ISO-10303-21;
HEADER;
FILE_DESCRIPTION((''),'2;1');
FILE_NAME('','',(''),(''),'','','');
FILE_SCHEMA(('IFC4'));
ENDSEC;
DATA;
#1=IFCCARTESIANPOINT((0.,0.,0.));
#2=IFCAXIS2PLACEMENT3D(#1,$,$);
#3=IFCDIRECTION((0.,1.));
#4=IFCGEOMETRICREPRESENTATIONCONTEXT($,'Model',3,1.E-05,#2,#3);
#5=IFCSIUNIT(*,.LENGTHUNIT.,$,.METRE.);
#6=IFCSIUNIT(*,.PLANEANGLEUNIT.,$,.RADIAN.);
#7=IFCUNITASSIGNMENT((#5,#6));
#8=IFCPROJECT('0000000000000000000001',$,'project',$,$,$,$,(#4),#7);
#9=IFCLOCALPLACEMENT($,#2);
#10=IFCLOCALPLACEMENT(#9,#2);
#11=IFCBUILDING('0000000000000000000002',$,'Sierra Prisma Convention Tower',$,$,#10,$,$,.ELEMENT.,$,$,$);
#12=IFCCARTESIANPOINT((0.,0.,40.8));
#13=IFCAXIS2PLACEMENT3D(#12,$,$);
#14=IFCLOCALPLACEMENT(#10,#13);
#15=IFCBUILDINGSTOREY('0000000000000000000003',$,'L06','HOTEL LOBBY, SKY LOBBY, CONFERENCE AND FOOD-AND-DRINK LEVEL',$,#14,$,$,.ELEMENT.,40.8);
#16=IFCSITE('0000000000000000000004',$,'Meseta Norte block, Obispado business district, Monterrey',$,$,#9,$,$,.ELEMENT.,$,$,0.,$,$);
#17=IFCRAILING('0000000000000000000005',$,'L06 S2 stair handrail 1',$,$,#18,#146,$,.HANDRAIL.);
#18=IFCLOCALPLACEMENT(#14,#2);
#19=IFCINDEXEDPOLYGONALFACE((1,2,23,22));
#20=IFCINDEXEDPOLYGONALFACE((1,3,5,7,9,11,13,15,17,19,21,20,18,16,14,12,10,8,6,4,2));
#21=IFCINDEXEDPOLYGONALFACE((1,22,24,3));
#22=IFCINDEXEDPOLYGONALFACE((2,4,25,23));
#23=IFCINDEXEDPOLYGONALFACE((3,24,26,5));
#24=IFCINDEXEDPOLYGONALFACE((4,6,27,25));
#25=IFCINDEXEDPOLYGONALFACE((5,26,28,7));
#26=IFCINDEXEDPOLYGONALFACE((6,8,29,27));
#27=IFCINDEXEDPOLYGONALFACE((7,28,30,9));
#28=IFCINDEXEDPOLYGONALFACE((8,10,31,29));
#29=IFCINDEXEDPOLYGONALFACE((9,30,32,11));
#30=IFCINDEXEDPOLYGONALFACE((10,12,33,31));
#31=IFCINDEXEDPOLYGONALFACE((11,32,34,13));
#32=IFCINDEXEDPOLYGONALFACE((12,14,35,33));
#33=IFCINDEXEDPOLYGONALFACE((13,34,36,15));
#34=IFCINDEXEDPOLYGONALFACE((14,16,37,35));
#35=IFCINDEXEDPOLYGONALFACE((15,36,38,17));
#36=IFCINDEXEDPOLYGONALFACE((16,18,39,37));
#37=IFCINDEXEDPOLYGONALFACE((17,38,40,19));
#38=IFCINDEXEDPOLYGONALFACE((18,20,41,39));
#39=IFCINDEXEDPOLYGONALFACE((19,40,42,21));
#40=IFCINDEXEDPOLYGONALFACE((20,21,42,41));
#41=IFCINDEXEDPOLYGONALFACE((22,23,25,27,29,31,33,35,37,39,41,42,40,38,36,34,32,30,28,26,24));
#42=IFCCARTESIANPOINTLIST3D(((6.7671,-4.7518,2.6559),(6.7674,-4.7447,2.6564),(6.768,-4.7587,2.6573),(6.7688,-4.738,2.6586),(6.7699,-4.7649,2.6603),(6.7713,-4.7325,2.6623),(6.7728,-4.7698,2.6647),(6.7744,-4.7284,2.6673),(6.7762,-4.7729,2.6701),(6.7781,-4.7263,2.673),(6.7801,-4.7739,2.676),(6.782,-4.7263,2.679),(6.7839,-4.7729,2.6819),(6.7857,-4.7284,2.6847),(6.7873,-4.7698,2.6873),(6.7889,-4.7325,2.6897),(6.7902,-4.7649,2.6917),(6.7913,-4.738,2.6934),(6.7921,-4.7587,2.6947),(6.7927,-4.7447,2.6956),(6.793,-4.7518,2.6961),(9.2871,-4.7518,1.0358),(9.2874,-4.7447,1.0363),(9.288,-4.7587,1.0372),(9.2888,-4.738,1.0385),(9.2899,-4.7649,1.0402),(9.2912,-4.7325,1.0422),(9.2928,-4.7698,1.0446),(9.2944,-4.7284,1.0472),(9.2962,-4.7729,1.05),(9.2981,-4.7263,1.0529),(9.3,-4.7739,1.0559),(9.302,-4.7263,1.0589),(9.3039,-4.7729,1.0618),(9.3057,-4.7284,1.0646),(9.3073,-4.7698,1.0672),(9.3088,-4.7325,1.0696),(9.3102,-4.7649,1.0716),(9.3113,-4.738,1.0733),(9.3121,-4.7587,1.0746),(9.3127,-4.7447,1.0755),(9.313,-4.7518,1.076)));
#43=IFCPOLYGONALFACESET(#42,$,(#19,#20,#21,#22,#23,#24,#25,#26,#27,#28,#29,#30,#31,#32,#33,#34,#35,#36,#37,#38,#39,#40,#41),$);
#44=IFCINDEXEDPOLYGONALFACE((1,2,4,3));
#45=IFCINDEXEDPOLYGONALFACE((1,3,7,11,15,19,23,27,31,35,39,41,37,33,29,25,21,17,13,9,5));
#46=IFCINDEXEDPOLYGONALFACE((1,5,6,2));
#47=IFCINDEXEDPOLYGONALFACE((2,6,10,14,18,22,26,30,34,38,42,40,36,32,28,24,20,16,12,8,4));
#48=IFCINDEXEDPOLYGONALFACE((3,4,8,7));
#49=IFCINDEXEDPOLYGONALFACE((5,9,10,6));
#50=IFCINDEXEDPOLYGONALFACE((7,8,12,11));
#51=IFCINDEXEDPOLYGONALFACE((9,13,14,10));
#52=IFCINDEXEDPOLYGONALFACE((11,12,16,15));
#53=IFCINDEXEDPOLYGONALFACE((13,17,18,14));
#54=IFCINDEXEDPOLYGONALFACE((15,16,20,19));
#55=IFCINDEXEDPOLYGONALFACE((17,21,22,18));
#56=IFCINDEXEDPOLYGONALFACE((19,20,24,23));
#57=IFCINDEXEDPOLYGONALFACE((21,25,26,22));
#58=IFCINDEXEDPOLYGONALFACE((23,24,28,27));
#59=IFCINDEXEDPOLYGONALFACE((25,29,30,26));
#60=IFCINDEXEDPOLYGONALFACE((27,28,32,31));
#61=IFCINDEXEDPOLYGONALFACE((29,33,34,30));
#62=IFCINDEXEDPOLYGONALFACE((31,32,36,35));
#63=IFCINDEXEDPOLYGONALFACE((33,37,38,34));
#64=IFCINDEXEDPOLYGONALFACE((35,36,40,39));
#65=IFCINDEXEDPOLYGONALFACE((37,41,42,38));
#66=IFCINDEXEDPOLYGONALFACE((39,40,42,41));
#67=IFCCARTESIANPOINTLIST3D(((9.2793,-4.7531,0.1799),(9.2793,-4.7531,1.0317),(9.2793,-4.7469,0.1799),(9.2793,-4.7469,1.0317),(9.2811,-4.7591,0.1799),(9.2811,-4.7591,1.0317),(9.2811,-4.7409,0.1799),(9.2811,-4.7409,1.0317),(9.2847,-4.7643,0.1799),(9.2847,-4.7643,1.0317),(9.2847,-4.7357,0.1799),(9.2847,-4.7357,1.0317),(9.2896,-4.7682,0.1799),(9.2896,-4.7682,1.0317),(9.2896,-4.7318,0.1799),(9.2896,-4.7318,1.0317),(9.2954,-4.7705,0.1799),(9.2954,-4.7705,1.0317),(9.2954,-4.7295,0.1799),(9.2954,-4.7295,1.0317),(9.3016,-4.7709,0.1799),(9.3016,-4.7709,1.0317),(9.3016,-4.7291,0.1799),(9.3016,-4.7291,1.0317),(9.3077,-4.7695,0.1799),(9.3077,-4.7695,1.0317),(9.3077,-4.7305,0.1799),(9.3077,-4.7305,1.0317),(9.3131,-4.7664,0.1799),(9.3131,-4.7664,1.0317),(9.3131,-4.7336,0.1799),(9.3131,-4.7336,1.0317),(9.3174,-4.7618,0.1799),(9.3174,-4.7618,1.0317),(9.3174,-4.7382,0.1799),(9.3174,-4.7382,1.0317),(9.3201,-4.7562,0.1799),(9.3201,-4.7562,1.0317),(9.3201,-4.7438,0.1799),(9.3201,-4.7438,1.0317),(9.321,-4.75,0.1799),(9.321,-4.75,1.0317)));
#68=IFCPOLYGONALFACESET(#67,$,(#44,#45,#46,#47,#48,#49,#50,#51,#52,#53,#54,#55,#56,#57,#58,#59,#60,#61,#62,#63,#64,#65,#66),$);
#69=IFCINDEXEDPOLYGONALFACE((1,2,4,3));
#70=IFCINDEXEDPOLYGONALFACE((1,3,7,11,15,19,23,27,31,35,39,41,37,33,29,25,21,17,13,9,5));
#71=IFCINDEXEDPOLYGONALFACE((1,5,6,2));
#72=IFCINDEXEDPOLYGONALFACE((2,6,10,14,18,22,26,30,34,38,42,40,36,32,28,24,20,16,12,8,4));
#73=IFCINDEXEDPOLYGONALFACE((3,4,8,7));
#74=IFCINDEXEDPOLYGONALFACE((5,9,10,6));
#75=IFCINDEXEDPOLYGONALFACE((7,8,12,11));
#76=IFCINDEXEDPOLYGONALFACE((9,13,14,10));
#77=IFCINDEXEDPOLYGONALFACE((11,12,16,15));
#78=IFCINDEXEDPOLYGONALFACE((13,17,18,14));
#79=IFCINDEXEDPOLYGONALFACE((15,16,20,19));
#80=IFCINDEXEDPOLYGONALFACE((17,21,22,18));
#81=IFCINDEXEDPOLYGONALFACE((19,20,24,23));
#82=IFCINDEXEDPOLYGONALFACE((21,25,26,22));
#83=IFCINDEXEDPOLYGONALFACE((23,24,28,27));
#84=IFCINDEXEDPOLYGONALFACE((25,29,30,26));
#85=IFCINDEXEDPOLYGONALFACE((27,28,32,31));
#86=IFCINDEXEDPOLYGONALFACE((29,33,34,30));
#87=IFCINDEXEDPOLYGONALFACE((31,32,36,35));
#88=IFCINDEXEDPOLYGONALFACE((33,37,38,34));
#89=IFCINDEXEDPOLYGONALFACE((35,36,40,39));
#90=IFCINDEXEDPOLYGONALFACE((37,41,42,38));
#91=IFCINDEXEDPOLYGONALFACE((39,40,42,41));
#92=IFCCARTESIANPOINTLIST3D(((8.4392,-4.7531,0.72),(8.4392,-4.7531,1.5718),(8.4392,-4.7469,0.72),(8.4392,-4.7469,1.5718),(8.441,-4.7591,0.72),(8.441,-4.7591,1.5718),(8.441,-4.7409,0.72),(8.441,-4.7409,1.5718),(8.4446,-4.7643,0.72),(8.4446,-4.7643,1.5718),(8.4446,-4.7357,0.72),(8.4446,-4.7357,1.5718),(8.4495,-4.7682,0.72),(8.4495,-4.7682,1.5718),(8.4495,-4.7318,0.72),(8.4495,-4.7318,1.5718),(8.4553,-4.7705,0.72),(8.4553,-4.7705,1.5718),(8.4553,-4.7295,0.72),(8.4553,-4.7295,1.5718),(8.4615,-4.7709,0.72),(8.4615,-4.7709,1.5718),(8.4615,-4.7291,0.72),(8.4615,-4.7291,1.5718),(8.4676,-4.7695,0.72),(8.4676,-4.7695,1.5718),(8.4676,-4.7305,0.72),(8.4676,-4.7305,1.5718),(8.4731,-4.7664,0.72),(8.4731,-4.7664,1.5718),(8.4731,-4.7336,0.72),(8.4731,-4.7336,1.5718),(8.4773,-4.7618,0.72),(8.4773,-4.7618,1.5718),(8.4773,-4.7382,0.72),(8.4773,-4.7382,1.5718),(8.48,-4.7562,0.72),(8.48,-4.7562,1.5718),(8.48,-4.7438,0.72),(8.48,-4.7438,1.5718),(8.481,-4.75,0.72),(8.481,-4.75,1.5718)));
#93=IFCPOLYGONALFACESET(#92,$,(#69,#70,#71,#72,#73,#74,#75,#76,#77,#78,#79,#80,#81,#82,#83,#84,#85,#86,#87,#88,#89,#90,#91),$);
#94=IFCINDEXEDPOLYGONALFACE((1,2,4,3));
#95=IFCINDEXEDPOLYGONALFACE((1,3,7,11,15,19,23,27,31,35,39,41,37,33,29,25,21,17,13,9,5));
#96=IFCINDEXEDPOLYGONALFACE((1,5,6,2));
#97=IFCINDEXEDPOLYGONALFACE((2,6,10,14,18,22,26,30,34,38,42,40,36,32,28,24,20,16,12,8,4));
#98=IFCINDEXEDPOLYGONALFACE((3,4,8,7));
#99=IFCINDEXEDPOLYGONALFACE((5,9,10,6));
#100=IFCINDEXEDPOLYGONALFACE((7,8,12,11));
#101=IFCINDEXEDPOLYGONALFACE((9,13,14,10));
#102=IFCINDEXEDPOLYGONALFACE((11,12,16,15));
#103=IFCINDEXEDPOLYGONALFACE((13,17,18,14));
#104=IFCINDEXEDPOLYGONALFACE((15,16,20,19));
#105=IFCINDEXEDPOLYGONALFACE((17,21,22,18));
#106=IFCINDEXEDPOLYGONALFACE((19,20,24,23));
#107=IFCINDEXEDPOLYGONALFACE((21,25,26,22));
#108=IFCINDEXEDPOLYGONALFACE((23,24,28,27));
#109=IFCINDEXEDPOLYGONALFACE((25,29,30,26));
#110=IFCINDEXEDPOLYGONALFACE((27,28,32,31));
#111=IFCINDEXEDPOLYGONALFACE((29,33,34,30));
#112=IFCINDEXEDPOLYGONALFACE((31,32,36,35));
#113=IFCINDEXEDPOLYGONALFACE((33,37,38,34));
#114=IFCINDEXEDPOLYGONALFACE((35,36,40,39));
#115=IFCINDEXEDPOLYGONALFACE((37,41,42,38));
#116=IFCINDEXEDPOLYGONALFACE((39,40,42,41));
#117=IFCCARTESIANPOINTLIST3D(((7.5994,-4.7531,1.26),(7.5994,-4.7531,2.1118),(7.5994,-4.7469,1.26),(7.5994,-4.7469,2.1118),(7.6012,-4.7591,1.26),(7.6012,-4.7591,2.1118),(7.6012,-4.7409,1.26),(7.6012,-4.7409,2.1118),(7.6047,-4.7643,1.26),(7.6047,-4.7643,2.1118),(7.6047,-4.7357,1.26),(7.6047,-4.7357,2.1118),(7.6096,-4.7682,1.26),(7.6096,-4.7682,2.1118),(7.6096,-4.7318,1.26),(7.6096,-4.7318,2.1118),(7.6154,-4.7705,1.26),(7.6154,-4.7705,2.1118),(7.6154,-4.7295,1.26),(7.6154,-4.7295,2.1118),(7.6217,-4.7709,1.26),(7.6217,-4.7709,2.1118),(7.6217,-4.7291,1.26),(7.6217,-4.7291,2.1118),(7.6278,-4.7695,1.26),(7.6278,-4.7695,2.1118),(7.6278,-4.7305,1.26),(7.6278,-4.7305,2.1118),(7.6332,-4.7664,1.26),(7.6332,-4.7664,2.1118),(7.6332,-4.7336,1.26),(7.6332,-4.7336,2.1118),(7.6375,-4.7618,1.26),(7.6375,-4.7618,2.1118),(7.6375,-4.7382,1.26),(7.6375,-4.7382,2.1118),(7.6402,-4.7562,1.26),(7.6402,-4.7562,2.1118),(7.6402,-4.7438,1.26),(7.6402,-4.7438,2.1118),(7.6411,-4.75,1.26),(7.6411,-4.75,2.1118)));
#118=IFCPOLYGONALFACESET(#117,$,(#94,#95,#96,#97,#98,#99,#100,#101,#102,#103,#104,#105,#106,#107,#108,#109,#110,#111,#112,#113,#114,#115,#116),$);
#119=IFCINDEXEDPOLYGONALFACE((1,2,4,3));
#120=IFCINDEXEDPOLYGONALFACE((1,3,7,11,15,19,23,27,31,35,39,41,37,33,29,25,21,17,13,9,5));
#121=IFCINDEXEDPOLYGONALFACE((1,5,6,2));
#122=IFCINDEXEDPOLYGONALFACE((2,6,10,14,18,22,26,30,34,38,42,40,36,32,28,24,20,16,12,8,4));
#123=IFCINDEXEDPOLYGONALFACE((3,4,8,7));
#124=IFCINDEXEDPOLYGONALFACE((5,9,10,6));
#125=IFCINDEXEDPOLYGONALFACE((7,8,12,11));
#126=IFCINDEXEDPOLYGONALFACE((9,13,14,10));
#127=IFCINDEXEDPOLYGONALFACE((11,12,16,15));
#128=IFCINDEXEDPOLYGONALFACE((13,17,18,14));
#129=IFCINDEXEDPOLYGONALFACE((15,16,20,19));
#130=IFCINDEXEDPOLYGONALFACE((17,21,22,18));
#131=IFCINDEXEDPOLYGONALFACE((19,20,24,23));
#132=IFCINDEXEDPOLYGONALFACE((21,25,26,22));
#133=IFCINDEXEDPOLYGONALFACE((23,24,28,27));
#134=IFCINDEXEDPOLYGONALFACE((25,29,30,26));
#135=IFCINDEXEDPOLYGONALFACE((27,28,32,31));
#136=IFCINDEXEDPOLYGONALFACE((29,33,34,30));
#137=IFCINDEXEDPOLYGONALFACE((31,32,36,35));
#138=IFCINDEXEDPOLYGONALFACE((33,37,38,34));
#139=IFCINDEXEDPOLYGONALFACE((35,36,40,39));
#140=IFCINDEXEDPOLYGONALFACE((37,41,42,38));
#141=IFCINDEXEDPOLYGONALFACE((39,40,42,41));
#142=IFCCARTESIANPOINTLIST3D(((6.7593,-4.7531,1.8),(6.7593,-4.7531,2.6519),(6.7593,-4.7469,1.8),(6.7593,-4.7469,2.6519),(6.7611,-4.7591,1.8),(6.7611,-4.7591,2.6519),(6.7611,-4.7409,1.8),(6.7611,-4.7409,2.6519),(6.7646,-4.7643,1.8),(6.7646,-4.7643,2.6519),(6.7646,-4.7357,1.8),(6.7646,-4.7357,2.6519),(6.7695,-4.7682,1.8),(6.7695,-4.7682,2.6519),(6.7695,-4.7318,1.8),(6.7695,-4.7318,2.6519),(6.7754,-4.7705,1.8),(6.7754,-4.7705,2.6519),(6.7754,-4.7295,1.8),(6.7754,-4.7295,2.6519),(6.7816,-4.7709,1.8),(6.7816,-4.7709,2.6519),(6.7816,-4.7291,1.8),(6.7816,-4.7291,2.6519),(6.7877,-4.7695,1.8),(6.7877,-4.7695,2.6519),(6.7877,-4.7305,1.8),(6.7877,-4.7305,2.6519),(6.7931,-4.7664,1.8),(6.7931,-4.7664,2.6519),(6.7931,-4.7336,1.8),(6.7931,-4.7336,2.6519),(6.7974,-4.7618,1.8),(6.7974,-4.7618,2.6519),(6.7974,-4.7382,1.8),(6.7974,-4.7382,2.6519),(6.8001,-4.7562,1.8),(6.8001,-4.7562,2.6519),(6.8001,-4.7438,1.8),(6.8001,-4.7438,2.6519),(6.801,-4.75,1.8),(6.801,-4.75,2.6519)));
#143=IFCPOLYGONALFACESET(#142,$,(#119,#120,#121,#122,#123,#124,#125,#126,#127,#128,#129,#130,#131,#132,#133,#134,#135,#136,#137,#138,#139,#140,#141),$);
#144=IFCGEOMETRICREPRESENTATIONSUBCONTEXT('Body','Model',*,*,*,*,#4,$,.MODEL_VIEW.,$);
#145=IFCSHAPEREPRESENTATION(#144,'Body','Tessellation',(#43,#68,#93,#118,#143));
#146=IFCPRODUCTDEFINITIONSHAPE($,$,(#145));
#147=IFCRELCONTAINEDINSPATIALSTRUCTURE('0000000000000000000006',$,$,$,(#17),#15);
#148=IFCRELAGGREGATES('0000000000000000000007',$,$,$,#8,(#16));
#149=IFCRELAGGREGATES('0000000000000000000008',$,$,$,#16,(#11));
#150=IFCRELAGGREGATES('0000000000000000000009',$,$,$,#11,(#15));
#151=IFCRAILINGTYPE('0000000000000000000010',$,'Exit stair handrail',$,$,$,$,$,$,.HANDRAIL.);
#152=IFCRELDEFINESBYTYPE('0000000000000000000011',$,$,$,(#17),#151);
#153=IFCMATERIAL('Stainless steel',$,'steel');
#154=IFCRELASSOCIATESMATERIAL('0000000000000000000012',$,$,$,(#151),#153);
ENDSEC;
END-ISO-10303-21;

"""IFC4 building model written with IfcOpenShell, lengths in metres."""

from ifc_helpers import new_model, si_unit, direction, frame, origin, origin_2d, place, context, subcontext, project, spatial, circle, extrude, material, type_object, element, save


model = new_model("IFC4")

# Units and contexts
model_context = context("Model", 3, precision=1e-05, world=origin(), true_north=direction((0.0, 1.0)))
body_context = subcontext(model_context, "Body", "Model", "MODEL_VIEW")
ifc_project = project(units=[si_unit("LENGTHUNIT", "METRE"), si_unit("PLANEANGLEUNIT", "RADIAN")], contexts=[model_context])

# Site, building, storey
site_placement = place(None, origin())
site = spatial("IfcSite", under=ifc_project, at=site_placement, Name="Meseta Norte block, Obispado business district, Monterrey", CompositionType="ELEMENT", RefElevation=0.0)
building_placement = place(site_placement, origin())
building = spatial("IfcBuilding", under=site, at=building_placement, Name="Sierra Prisma Convention Tower", CompositionType="ELEMENT")
storey_placement = place(building_placement, frame((0.0, 0.0, 40.8)))
storey = spatial("IfcBuildingStorey", under=building, at=storey_placement, Name="L06", Description="HOTEL LOBBY, SKY LOBBY, CONFERENCE AND FOOD-AND-DRINK LEVEL", CompositionType="ELEMENT", Elevation=40.8)

# Railing
ifc_material_1 = material(Name="Stainless steel", Category="steel")
railing_type_1 = type_object("IfcRailingType", Name="Exit stair handrail", PredefinedType="HANDRAIL", material=ifc_material_1)
railing_1_placement = place(storey_placement, frame((9.3, -4.75, 0.1799)))
element("IfcRailing", 1, at=railing_1_placement, inside=storey, type_object=railing_type_1, Name="L06 S2 stair handrail 1", PredefinedType="HANDRAIL", context=body_context, shape_type="SweptSolid", body=[
    extrude(circle(Radius=0.0239, at=origin_2d()), frame((0.0, 0.0, 0.876), z_axis=(-0.841163, 0.0, 0.540782), x_axis=(0.0, -1.0, 0.0)), (0.0, 0.0, 1.0), 2.9958),
    extrude(circle(Radius=0.021, at=origin_2d()), origin(), (0.0, 0.0, 1.0), 0.8518),
    extrude(circle(Radius=0.021, at=origin_2d()), frame((-0.8401, 0.0, 0.54)), (0.0, 0.0, 1.0), 0.8518),
    extrude(circle(Radius=0.021, at=origin_2d()), frame((-1.6799, 0.0, 1.0801)), (0.0, 0.0, 1.0), 0.8518),
    extrude(circle(Radius=0.021, at=origin_2d()), frame((-2.52, 0.0, 1.6201)), (0.0, 0.0, 1.0), 0.8518),
])

save(model, "model.ifc")
